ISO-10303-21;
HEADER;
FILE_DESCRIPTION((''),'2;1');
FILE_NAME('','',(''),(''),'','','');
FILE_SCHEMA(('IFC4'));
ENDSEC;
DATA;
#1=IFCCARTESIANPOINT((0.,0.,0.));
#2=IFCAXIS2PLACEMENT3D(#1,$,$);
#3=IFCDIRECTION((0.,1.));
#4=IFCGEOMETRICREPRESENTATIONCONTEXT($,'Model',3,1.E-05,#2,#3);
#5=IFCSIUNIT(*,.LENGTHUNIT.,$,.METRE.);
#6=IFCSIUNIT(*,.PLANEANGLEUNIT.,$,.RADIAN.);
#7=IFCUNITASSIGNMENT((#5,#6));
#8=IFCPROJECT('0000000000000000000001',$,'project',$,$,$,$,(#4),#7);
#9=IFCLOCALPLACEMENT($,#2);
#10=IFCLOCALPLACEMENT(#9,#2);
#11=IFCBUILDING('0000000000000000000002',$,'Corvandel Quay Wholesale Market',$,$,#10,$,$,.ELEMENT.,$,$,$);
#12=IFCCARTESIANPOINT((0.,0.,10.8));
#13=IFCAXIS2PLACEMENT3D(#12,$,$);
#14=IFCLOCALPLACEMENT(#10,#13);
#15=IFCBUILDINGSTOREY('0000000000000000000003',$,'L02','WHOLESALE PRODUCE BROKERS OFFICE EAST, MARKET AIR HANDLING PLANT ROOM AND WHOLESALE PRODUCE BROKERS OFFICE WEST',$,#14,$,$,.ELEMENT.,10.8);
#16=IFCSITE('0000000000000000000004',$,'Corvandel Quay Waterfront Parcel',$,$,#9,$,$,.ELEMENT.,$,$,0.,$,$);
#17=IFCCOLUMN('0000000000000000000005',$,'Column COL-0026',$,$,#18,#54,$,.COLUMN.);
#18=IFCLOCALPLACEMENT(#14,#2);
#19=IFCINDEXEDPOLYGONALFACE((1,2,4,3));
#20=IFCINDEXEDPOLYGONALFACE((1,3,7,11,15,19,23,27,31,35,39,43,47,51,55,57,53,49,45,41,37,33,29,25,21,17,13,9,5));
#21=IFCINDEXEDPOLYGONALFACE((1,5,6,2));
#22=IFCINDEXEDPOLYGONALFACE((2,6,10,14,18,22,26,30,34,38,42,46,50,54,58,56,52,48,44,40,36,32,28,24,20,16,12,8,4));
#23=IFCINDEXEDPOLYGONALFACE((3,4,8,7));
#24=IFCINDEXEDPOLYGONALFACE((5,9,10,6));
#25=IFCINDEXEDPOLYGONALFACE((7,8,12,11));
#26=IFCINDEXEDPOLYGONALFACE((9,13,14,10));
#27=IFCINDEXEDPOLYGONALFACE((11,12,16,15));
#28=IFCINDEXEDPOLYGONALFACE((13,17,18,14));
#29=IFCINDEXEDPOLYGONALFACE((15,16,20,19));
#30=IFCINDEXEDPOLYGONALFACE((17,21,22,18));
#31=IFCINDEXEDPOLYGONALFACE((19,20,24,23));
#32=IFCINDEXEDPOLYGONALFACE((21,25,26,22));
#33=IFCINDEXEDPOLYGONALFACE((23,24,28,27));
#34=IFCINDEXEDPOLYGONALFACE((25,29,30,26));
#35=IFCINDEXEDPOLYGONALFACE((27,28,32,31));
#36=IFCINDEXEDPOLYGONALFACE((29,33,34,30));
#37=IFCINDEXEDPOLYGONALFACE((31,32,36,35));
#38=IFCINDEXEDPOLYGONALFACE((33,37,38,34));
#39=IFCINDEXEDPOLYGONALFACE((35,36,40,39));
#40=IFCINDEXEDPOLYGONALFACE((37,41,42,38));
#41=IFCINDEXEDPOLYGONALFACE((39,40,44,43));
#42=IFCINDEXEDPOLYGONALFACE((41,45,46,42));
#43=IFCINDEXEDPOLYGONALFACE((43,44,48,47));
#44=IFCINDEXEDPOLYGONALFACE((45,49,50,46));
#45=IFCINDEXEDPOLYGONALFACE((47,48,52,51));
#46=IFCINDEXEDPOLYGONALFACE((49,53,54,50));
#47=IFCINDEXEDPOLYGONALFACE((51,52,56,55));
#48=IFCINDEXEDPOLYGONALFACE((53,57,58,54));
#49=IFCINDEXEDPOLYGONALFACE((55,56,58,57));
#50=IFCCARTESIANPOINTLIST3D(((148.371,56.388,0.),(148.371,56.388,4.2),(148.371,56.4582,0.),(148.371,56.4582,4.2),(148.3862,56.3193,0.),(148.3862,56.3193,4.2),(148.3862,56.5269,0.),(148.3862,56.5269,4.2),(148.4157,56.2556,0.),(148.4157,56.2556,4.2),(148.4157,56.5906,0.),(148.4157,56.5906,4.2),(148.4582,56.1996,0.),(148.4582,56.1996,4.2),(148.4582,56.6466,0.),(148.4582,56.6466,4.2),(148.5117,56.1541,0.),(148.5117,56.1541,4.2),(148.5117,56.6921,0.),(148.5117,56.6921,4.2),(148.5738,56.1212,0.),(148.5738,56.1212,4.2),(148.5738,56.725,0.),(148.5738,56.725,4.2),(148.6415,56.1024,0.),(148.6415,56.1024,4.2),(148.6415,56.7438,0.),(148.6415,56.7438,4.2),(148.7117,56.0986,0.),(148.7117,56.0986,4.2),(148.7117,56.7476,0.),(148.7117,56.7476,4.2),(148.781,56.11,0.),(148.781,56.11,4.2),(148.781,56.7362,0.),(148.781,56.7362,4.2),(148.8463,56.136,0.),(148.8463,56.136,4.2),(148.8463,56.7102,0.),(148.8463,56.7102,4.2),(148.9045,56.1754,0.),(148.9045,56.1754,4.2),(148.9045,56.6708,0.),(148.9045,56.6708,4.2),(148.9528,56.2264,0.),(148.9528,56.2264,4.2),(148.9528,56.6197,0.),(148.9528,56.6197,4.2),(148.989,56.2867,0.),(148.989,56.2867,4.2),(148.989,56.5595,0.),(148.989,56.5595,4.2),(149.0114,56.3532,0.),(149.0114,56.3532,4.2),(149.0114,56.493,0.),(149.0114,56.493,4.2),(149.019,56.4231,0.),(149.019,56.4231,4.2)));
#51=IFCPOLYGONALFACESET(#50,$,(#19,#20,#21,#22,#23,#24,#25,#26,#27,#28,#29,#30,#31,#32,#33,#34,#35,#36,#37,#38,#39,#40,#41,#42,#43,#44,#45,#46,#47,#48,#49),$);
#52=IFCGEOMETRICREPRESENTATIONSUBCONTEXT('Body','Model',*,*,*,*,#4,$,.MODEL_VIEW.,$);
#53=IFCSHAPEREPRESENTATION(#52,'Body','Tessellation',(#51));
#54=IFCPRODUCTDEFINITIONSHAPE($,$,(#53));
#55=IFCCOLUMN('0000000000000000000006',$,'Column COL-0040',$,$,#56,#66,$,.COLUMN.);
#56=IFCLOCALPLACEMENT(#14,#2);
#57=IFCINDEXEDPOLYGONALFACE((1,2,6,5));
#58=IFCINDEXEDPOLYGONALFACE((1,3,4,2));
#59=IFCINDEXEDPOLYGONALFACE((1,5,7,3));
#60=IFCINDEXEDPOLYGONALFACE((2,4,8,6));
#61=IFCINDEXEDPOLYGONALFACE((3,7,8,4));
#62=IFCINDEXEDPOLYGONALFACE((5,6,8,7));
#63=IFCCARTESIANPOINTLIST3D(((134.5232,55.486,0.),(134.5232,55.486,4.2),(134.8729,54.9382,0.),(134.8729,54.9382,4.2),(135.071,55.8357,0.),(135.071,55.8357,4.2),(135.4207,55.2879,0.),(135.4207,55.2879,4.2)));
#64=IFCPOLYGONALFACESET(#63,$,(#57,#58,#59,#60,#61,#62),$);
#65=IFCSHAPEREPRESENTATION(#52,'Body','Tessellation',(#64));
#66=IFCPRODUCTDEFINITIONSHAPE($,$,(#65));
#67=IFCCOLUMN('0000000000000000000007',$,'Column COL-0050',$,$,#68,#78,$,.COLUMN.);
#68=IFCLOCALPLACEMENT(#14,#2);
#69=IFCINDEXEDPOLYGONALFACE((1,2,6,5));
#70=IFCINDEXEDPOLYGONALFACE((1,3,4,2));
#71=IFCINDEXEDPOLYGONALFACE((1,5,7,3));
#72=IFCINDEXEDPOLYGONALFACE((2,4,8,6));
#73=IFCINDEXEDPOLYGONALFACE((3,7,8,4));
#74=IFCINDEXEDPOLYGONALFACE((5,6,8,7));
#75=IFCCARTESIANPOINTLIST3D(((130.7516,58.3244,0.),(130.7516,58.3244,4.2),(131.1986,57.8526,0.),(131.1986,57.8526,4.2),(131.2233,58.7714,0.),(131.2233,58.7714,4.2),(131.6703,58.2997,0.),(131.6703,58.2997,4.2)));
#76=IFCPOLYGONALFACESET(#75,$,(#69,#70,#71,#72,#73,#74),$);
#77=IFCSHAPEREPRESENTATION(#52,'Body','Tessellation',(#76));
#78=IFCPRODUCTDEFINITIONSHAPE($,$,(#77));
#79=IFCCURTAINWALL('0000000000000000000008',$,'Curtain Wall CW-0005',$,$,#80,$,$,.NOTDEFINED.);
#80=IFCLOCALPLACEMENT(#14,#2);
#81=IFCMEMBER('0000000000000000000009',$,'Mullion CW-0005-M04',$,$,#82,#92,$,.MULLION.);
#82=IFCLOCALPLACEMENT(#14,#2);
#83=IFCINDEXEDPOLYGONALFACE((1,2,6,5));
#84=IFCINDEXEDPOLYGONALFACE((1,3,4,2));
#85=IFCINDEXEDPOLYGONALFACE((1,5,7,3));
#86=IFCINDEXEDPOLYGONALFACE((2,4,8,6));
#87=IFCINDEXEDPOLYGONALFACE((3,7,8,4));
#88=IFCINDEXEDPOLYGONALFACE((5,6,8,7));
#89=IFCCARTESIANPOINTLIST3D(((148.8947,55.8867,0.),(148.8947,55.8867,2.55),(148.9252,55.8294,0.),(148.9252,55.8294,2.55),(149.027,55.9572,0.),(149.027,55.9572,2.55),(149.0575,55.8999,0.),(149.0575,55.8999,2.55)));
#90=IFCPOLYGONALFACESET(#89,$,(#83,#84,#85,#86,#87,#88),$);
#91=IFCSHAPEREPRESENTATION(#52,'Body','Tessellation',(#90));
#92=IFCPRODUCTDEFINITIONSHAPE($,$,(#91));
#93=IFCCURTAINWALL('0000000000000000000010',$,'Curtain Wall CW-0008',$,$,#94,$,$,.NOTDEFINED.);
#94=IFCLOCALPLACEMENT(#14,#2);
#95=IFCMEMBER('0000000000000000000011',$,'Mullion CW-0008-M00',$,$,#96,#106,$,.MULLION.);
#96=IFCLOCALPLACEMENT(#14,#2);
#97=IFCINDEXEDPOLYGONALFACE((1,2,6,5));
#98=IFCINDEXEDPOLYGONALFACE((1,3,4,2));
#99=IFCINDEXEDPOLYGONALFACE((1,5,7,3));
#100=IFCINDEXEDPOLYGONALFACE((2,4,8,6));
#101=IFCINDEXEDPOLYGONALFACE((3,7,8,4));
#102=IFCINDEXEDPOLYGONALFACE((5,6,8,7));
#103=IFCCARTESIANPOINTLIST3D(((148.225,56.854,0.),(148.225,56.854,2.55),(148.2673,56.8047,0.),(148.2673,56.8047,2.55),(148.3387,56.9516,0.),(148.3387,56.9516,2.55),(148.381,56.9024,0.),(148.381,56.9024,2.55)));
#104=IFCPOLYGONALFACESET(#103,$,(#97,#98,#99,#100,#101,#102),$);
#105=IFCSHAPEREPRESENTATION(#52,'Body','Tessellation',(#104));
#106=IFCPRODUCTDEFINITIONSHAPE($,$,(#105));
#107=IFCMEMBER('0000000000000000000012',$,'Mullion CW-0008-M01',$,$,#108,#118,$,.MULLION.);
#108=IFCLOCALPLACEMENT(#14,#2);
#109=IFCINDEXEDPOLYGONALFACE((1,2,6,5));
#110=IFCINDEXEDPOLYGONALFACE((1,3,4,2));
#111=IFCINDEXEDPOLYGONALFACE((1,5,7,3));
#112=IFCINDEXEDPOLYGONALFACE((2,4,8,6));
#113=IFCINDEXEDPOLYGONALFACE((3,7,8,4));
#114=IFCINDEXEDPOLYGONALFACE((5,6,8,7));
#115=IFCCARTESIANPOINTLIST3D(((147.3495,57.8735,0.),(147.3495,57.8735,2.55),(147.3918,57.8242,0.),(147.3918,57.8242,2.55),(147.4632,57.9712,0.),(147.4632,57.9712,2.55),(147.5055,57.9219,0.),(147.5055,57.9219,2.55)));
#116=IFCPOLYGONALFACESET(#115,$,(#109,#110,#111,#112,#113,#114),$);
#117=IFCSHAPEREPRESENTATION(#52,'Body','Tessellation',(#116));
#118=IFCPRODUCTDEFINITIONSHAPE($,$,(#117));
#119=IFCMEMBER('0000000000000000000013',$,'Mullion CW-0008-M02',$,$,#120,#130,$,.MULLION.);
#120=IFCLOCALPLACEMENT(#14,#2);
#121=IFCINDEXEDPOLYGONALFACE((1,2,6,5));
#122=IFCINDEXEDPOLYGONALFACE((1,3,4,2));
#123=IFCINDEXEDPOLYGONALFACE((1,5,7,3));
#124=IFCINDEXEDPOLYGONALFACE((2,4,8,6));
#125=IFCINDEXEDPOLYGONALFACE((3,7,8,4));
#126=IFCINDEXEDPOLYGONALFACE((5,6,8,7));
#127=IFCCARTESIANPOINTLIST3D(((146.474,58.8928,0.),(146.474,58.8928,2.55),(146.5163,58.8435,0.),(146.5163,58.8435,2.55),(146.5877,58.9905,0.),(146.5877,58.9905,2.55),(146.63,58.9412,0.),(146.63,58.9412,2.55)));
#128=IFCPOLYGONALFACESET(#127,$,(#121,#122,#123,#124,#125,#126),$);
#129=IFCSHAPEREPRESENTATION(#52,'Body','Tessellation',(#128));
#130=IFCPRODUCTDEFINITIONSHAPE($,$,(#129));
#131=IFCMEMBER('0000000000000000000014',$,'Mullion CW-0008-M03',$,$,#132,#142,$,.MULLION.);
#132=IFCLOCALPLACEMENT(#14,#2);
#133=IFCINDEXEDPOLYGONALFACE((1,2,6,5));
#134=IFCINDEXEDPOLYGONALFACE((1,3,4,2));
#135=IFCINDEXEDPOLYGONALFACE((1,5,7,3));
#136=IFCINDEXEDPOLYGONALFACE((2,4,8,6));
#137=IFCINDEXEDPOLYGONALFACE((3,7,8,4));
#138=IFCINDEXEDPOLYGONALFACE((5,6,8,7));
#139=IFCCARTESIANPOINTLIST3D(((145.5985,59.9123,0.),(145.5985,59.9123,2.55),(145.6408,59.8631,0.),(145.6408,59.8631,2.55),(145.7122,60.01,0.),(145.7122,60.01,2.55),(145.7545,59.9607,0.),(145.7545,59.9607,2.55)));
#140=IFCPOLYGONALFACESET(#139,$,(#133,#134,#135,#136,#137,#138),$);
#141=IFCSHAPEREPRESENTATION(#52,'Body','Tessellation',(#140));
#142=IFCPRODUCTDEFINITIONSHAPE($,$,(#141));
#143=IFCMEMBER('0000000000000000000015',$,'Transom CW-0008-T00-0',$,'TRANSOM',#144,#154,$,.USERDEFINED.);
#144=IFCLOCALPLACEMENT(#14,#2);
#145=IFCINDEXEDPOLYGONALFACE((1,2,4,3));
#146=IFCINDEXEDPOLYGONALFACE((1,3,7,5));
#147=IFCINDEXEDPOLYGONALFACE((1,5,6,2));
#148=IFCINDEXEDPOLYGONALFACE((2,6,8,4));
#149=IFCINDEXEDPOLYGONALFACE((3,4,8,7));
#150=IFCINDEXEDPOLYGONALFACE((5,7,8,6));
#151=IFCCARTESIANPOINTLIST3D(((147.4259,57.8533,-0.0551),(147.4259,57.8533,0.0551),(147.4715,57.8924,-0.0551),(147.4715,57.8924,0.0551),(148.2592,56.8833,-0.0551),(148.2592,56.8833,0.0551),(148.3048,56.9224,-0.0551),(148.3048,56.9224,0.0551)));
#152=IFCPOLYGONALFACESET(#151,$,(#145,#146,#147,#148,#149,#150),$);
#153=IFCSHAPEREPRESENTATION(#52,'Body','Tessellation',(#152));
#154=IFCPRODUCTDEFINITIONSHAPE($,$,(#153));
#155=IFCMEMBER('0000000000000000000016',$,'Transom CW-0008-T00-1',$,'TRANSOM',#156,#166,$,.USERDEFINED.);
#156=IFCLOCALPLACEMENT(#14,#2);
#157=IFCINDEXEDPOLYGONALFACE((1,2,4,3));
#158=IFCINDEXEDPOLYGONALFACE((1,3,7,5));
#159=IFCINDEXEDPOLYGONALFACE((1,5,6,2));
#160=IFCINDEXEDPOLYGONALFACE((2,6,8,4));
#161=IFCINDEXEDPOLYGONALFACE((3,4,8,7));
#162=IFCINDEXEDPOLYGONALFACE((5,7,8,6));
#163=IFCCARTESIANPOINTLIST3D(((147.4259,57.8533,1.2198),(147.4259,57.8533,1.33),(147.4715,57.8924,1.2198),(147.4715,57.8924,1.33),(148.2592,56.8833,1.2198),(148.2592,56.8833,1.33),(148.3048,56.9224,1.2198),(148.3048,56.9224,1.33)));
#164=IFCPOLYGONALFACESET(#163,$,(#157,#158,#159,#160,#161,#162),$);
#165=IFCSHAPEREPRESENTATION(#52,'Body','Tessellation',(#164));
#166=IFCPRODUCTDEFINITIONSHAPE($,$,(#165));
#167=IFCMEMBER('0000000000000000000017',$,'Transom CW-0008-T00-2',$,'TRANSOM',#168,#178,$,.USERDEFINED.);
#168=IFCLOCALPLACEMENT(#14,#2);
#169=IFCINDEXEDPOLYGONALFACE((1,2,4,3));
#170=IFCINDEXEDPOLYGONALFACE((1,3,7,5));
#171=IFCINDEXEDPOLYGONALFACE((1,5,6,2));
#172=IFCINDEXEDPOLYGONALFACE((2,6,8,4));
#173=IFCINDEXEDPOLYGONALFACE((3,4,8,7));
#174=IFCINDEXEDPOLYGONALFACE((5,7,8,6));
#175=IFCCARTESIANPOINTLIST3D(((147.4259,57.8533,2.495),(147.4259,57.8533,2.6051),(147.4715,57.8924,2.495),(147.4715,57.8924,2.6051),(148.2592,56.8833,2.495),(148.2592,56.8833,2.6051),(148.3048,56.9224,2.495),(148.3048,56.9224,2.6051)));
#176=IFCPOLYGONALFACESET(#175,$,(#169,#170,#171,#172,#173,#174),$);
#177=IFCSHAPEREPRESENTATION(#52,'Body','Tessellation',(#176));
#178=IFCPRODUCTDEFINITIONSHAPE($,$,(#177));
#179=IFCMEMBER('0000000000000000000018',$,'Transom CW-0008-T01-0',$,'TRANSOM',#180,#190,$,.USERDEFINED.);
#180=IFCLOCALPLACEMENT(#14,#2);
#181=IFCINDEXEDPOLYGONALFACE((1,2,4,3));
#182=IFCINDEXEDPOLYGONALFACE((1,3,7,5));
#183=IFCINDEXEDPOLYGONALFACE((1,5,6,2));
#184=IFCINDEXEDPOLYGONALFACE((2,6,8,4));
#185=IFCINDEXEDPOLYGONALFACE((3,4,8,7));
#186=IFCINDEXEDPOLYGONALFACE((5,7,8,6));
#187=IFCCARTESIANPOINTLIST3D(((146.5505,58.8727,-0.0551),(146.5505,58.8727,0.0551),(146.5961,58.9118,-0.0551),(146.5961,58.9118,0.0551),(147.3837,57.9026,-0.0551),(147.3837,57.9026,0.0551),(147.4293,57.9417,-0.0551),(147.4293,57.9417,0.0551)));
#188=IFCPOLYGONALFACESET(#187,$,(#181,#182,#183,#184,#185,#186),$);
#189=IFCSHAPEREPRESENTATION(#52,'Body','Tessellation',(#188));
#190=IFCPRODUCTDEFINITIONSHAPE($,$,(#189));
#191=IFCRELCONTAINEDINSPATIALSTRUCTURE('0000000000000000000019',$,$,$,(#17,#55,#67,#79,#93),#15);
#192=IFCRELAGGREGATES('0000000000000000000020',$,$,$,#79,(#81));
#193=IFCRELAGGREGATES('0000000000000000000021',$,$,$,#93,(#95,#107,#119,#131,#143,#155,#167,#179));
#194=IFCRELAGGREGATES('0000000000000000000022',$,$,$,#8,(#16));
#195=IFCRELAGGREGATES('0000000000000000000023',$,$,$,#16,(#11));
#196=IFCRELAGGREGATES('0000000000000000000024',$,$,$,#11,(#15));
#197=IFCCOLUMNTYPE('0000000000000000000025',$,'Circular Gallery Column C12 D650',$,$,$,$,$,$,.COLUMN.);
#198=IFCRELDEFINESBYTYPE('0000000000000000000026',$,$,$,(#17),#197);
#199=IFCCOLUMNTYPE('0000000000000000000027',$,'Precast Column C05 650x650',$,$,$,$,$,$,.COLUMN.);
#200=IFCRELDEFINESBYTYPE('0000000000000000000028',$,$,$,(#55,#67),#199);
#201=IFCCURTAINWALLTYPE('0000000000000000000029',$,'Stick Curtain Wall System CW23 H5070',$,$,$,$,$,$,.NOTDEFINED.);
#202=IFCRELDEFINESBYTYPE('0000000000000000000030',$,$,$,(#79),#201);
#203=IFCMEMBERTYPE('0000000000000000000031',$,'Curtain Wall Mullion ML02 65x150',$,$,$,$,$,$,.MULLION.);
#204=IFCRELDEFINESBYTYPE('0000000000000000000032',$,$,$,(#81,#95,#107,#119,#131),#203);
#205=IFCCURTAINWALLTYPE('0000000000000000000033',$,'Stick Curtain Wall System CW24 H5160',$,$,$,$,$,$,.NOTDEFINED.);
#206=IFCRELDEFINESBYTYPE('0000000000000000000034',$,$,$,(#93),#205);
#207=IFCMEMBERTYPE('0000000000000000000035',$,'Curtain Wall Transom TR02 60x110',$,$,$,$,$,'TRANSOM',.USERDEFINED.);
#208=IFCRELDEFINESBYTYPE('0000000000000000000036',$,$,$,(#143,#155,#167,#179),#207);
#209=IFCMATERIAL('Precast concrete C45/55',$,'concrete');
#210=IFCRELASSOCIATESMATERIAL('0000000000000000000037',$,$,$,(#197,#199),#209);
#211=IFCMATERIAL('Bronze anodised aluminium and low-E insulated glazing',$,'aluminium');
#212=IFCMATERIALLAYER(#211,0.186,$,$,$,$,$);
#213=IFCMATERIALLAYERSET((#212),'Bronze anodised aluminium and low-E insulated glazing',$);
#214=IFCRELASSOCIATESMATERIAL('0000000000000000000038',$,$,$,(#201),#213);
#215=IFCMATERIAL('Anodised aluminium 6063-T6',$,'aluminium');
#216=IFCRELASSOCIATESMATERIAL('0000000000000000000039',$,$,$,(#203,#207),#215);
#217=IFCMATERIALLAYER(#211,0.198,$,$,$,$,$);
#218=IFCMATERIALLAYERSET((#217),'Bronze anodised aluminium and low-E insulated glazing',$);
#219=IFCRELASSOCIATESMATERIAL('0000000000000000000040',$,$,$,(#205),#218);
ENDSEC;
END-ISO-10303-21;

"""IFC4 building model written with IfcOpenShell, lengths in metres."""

from ifc_helpers import new_model, si_unit, direction, frame, origin, origin_2d, place, context, subcontext, project, spatial, rectangle, circle, extrude, material, layer, layer_set, material_profile, profile_set, type_object, element, aggregate, save


model = new_model("IFC4")

# Units and contexts
model_context = context("Model", 3, precision=1e-05, world=origin(), true_north=direction((0.0, 1.0)))
body_context = subcontext(model_context, "Body", "Model", "MODEL_VIEW")
ifc_project = project(units=[si_unit("LENGTHUNIT", "METRE"), si_unit("PLANEANGLEUNIT", "RADIAN")], contexts=[model_context])

# Site, building, storey
site_placement = place(None, origin())
site = spatial("IfcSite", under=ifc_project, at=site_placement, Name="Corvandel Quay Waterfront Parcel", CompositionType="ELEMENT", RefElevation=0.0)
building_placement = place(site_placement, origin())
building = spatial("IfcBuilding", under=site, at=building_placement, Name="Corvandel Quay Wholesale Market", CompositionType="ELEMENT")
storey_placement = place(building_placement, frame((0.0, 0.0, 10.8)))
storey = spatial("IfcBuildingStorey", under=building, at=storey_placement, Name="L02", Description="WHOLESALE PRODUCE BROKERS OFFICE EAST, MARKET AIR HANDLING PLANT ROOM AND WHOLESALE PRODUCE BROKERS OFFICE WEST", CompositionType="ELEMENT", Elevation=10.8)

# Columns
ifc_material_1 = material(Name="Precast concrete C45/55", Category="concrete")
ifc_material_profile_1 = material_profile(ifc_material_1, circle(Radius=0.325, at=origin_2d()), Name="PC-COL-D650")
ifc_profile_set_1 = profile_set([ifc_material_profile_1], Name="Precast concrete C45/55")
column_type_1 = type_object("IfcColumnType", Name="Circular Gallery Column C12 D650", PredefinedType="COLUMN", material=ifc_profile_set_1)
column_placement = place(storey_placement, frame((148.6941, 56.4231, 0.0), z_axis=(0.0, 0.0, 1.0), x_axis=(1.0, 0.0, 0.0)))
element("IfcColumn", 1, at=column_placement, inside=storey, type_object=column_type_1, Name="Column COL-0026", PredefinedType="COLUMN", context=body_context, shape_type="SweptSolid", body=[
    extrude(circle(Radius=0.325, at=origin_2d()), origin(), (0.0, 0.0, 1.0), 4.2),
])
ifc_material_profile_2 = material_profile(ifc_material_1, rectangle(XDim=0.6499, YDim=0.6499, at=origin_2d()), Name="PC-COL-650x650")
ifc_profile_set_2 = profile_set([ifc_material_profile_2], Name="Precast concrete C45/55")
column_type_2 = type_object("IfcColumnType", Name="Precast Column C05 650x650", PredefinedType="COLUMN", material=ifc_profile_set_2)
for number, where, z_axis, x_axis, name in (
    (2, (134.9719, 55.387, 0.0), (0.0, 0.0, 1.0), (-0.538035, 0.842922, 0.0), "Column COL-0040"),
    (3, (131.2109, 58.312, 0.0), (0.0, 0.0, 1.0), (-0.687848, 0.725855, 0.0), "Column COL-0050"),
):
    element("IfcColumn", number, at=place(storey_placement, frame(where, z_axis=z_axis, x_axis=x_axis)), inside=storey, type_object=column_type_2, Name=name, PredefinedType="COLUMN", context=body_context, shape_type="SweptSolid", body=[
        extrude(rectangle(XDim=0.6499, YDim=0.6499, at=origin_2d()), origin(), (0.0, 0.0, 1.0), 4.2),
    ])

# Curtain wall, member
ifc_material_2 = material(Name="Bronze anodised aluminium and low-E insulated glazing", Category="aluminium")
ifc_layer_1 = layer(ifc_material_2, 0.186)
ifc_layer_set_1 = layer_set([ifc_layer_1], Name="Bronze anodised aluminium and low-E insulated glazing")
curtain_wall_type_1 = type_object("IfcCurtainWallType", Name="Stick Curtain Wall System CW23 H5070", PredefinedType="NOTDEFINED", material=ifc_layer_set_1)
curtain_wall_1_placement = place(storey_placement, origin())
curtain_wall_1 = element("IfcCurtainWall", 4, at=curtain_wall_1_placement, inside=storey, type_object=curtain_wall_type_1, Name="Curtain Wall CW-0005", PredefinedType="NOTDEFINED")
ifc_material_3 = material(Name="Anodised aluminium 6063-T6", Category="aluminium")
ifc_material_profile_3 = material_profile(ifc_material_3, rectangle(XDim=0.0649, YDim=0.1499, at=origin_2d()), Name="ALU-MUL-65x150")
ifc_profile_set_3 = profile_set([ifc_material_profile_3], Name="Anodised aluminium 6063-T6")
member_type_1 = type_object("IfcMemberType", Name="Curtain Wall Mullion ML02 65x150", PredefinedType="MULLION", material=ifc_profile_set_3)
member_1_placement = place(storey_placement, frame((148.9761, 55.8933, 0.0), z_axis=(0.0, 0.0, 1.0), x_axis=(-0.470088, 0.88262, 0.0)))
member_1 = element("IfcMember", 5, at=member_1_placement, type_object=member_type_1, Name="Mullion CW-0005-M04", PredefinedType="MULLION", context=body_context, shape_type="SweptSolid", body=[
    extrude(rectangle(XDim=0.0649, YDim=0.1499, at=origin_2d()), origin(), (0.0, 0.0, 1.0), 2.55),
])

# Curtain wall, members
ifc_layer_2 = layer(ifc_material_2, 0.198)
ifc_layer_set_2 = layer_set([ifc_layer_2], Name="Bronze anodised aluminium and low-E insulated glazing")
curtain_wall_type_2 = type_object("IfcCurtainWallType", Name="Stick Curtain Wall System CW24 H5160", PredefinedType="NOTDEFINED", material=ifc_layer_set_2)
curtain_wall_2_placement = place(storey_placement, origin())
curtain_wall_2 = element("IfcCurtainWall", 6, at=curtain_wall_2_placement, inside=storey, type_object=curtain_wall_type_2, Name="Curtain Wall CW-0008", PredefinedType="NOTDEFINED")
member_2_placement = place(storey_placement, frame((148.303, 56.8782, 0.0), z_axis=(0.0, 0.0, 1.0), x_axis=(-0.651569, 0.758589, 0.0)))
member_2 = element("IfcMember", 7, at=member_2_placement, type_object=member_type_1, Name="Mullion CW-0008-M00", PredefinedType="MULLION", context=body_context, shape_type="SweptSolid", body=[
    extrude(rectangle(XDim=0.0649, YDim=0.1499, at=origin_2d()), origin(), (0.0, 0.0, 1.0), 2.55),
])
member_3_placement = place(storey_placement, frame((147.4275, 57.8977, 0.0), z_axis=(0.0, 0.0, 1.0), x_axis=(-0.651569, 0.758589, 0.0)))
member_3 = element("IfcMember", 8, at=member_3_placement, type_object=member_type_1, Name="Mullion CW-0008-M01", PredefinedType="MULLION", context=body_context, shape_type="SweptSolid", body=[
    extrude(rectangle(XDim=0.0649, YDim=0.1499, at=origin_2d()), origin(), (0.0, 0.0, 1.0), 2.55),
])
member_4_placement = place(storey_placement, frame((146.552, 58.917, 0.0), z_axis=(0.0, 0.0, 1.0), x_axis=(-0.651569, 0.758589, 0.0)))
member_4 = element("IfcMember", 9, at=member_4_placement, type_object=member_type_1, Name="Mullion CW-0008-M02", PredefinedType="MULLION", context=body_context, shape_type="SweptSolid", body=[
    extrude(rectangle(XDim=0.0649, YDim=0.1499, at=origin_2d()), origin(), (0.0, 0.0, 1.0), 2.55),
])
member_5_placement = place(storey_placement, frame((145.6765, 59.9365, 0.0), z_axis=(0.0, 0.0, 1.0), x_axis=(-0.651569, 0.758589, 0.0)))
member_5 = element("IfcMember", 10, at=member_5_placement, type_object=member_type_1, Name="Mullion CW-0008-M03", PredefinedType="MULLION", context=body_context, shape_type="SweptSolid", body=[
    extrude(rectangle(XDim=0.0649, YDim=0.1499, at=origin_2d()), origin(), (0.0, 0.0, 1.0), 2.55),
])
ifc_material_profile_4 = material_profile(ifc_material_3, rectangle(XDim=0.0601, YDim=0.1101, at=origin_2d()), Name="ALU-TRN-60x110")
ifc_profile_set_4 = profile_set([ifc_material_profile_4], Name="Anodised aluminium 6063-T6")
member_type_2 = type_object("IfcMemberType", Name="Curtain Wall Transom TR02 60x110", ElementType="TRANSOM", PredefinedType="USERDEFINED", material=ifc_profile_set_4)
member_6_placement = place(storey_placement, frame((148.282, 56.9028, 0.0), z_axis=(-0.651624, 0.758542, 0.0), x_axis=(-0.758542, -0.651624, 0.0)))
member_6 = element("IfcMember", 11, at=member_6_placement, type_object=member_type_2, Name="Transom CW-0008-T00-0", ObjectType="TRANSOM", PredefinedType="USERDEFINED", context=body_context, shape_type="SweptSolid", body=[
    extrude(rectangle(XDim=0.0601, YDim=0.1101, at=origin_2d()), origin(), (0.0, 0.0, 1.0), 1.2788),
])
member_7_placement = place(storey_placement, frame((148.282, 56.9028, 1.2749), z_axis=(-0.651624, 0.758542, 0.0), x_axis=(-0.758542, -0.651624, 0.0)))
member_7 = element("IfcMember", 12, at=member_7_placement, type_object=member_type_2, Name="Transom CW-0008-T00-1", ObjectType="TRANSOM", PredefinedType="USERDEFINED", context=body_context, shape_type="SweptSolid", body=[
    extrude(rectangle(XDim=0.0601, YDim=0.1101, at=origin_2d()), origin(), (0.0, 0.0, 1.0), 1.2788),
])
member_8_placement = place(storey_placement, frame((148.282, 56.9028, 2.55), z_axis=(-0.651624, 0.758542, 0.0), x_axis=(-0.758542, -0.651624, 0.0)))
member_8 = element("IfcMember", 13, at=member_8_placement, type_object=member_type_2, Name="Transom CW-0008-T00-2", ObjectType="TRANSOM", PredefinedType="USERDEFINED", context=body_context, shape_type="SweptSolid", body=[
    extrude(rectangle(XDim=0.0601, YDim=0.1101, at=origin_2d()), origin(), (0.0, 0.0, 1.0), 1.2788),
])
member_9_placement = place(storey_placement, frame((147.4065, 57.9221, 0.0), z_axis=(-0.65153, 0.758623, 0.0), x_axis=(-0.758623, -0.65153, 0.0)))
member_9 = element("IfcMember", 14, at=member_9_placement, type_object=member_type_2, Name="Transom CW-0008-T01-0", ObjectType="TRANSOM", PredefinedType="USERDEFINED", context=body_context, shape_type="SweptSolid", body=[
    extrude(rectangle(XDim=0.0601, YDim=0.1101, at=origin_2d()), origin(), (0.0, 0.0, 1.0), 1.2788),
])

aggregate(curtain_wall_1, [member_1])
aggregate(curtain_wall_2, [member_2, member_3, member_4, member_5, member_6, member_7, member_8, member_9])

save(model, "model.ifc")
